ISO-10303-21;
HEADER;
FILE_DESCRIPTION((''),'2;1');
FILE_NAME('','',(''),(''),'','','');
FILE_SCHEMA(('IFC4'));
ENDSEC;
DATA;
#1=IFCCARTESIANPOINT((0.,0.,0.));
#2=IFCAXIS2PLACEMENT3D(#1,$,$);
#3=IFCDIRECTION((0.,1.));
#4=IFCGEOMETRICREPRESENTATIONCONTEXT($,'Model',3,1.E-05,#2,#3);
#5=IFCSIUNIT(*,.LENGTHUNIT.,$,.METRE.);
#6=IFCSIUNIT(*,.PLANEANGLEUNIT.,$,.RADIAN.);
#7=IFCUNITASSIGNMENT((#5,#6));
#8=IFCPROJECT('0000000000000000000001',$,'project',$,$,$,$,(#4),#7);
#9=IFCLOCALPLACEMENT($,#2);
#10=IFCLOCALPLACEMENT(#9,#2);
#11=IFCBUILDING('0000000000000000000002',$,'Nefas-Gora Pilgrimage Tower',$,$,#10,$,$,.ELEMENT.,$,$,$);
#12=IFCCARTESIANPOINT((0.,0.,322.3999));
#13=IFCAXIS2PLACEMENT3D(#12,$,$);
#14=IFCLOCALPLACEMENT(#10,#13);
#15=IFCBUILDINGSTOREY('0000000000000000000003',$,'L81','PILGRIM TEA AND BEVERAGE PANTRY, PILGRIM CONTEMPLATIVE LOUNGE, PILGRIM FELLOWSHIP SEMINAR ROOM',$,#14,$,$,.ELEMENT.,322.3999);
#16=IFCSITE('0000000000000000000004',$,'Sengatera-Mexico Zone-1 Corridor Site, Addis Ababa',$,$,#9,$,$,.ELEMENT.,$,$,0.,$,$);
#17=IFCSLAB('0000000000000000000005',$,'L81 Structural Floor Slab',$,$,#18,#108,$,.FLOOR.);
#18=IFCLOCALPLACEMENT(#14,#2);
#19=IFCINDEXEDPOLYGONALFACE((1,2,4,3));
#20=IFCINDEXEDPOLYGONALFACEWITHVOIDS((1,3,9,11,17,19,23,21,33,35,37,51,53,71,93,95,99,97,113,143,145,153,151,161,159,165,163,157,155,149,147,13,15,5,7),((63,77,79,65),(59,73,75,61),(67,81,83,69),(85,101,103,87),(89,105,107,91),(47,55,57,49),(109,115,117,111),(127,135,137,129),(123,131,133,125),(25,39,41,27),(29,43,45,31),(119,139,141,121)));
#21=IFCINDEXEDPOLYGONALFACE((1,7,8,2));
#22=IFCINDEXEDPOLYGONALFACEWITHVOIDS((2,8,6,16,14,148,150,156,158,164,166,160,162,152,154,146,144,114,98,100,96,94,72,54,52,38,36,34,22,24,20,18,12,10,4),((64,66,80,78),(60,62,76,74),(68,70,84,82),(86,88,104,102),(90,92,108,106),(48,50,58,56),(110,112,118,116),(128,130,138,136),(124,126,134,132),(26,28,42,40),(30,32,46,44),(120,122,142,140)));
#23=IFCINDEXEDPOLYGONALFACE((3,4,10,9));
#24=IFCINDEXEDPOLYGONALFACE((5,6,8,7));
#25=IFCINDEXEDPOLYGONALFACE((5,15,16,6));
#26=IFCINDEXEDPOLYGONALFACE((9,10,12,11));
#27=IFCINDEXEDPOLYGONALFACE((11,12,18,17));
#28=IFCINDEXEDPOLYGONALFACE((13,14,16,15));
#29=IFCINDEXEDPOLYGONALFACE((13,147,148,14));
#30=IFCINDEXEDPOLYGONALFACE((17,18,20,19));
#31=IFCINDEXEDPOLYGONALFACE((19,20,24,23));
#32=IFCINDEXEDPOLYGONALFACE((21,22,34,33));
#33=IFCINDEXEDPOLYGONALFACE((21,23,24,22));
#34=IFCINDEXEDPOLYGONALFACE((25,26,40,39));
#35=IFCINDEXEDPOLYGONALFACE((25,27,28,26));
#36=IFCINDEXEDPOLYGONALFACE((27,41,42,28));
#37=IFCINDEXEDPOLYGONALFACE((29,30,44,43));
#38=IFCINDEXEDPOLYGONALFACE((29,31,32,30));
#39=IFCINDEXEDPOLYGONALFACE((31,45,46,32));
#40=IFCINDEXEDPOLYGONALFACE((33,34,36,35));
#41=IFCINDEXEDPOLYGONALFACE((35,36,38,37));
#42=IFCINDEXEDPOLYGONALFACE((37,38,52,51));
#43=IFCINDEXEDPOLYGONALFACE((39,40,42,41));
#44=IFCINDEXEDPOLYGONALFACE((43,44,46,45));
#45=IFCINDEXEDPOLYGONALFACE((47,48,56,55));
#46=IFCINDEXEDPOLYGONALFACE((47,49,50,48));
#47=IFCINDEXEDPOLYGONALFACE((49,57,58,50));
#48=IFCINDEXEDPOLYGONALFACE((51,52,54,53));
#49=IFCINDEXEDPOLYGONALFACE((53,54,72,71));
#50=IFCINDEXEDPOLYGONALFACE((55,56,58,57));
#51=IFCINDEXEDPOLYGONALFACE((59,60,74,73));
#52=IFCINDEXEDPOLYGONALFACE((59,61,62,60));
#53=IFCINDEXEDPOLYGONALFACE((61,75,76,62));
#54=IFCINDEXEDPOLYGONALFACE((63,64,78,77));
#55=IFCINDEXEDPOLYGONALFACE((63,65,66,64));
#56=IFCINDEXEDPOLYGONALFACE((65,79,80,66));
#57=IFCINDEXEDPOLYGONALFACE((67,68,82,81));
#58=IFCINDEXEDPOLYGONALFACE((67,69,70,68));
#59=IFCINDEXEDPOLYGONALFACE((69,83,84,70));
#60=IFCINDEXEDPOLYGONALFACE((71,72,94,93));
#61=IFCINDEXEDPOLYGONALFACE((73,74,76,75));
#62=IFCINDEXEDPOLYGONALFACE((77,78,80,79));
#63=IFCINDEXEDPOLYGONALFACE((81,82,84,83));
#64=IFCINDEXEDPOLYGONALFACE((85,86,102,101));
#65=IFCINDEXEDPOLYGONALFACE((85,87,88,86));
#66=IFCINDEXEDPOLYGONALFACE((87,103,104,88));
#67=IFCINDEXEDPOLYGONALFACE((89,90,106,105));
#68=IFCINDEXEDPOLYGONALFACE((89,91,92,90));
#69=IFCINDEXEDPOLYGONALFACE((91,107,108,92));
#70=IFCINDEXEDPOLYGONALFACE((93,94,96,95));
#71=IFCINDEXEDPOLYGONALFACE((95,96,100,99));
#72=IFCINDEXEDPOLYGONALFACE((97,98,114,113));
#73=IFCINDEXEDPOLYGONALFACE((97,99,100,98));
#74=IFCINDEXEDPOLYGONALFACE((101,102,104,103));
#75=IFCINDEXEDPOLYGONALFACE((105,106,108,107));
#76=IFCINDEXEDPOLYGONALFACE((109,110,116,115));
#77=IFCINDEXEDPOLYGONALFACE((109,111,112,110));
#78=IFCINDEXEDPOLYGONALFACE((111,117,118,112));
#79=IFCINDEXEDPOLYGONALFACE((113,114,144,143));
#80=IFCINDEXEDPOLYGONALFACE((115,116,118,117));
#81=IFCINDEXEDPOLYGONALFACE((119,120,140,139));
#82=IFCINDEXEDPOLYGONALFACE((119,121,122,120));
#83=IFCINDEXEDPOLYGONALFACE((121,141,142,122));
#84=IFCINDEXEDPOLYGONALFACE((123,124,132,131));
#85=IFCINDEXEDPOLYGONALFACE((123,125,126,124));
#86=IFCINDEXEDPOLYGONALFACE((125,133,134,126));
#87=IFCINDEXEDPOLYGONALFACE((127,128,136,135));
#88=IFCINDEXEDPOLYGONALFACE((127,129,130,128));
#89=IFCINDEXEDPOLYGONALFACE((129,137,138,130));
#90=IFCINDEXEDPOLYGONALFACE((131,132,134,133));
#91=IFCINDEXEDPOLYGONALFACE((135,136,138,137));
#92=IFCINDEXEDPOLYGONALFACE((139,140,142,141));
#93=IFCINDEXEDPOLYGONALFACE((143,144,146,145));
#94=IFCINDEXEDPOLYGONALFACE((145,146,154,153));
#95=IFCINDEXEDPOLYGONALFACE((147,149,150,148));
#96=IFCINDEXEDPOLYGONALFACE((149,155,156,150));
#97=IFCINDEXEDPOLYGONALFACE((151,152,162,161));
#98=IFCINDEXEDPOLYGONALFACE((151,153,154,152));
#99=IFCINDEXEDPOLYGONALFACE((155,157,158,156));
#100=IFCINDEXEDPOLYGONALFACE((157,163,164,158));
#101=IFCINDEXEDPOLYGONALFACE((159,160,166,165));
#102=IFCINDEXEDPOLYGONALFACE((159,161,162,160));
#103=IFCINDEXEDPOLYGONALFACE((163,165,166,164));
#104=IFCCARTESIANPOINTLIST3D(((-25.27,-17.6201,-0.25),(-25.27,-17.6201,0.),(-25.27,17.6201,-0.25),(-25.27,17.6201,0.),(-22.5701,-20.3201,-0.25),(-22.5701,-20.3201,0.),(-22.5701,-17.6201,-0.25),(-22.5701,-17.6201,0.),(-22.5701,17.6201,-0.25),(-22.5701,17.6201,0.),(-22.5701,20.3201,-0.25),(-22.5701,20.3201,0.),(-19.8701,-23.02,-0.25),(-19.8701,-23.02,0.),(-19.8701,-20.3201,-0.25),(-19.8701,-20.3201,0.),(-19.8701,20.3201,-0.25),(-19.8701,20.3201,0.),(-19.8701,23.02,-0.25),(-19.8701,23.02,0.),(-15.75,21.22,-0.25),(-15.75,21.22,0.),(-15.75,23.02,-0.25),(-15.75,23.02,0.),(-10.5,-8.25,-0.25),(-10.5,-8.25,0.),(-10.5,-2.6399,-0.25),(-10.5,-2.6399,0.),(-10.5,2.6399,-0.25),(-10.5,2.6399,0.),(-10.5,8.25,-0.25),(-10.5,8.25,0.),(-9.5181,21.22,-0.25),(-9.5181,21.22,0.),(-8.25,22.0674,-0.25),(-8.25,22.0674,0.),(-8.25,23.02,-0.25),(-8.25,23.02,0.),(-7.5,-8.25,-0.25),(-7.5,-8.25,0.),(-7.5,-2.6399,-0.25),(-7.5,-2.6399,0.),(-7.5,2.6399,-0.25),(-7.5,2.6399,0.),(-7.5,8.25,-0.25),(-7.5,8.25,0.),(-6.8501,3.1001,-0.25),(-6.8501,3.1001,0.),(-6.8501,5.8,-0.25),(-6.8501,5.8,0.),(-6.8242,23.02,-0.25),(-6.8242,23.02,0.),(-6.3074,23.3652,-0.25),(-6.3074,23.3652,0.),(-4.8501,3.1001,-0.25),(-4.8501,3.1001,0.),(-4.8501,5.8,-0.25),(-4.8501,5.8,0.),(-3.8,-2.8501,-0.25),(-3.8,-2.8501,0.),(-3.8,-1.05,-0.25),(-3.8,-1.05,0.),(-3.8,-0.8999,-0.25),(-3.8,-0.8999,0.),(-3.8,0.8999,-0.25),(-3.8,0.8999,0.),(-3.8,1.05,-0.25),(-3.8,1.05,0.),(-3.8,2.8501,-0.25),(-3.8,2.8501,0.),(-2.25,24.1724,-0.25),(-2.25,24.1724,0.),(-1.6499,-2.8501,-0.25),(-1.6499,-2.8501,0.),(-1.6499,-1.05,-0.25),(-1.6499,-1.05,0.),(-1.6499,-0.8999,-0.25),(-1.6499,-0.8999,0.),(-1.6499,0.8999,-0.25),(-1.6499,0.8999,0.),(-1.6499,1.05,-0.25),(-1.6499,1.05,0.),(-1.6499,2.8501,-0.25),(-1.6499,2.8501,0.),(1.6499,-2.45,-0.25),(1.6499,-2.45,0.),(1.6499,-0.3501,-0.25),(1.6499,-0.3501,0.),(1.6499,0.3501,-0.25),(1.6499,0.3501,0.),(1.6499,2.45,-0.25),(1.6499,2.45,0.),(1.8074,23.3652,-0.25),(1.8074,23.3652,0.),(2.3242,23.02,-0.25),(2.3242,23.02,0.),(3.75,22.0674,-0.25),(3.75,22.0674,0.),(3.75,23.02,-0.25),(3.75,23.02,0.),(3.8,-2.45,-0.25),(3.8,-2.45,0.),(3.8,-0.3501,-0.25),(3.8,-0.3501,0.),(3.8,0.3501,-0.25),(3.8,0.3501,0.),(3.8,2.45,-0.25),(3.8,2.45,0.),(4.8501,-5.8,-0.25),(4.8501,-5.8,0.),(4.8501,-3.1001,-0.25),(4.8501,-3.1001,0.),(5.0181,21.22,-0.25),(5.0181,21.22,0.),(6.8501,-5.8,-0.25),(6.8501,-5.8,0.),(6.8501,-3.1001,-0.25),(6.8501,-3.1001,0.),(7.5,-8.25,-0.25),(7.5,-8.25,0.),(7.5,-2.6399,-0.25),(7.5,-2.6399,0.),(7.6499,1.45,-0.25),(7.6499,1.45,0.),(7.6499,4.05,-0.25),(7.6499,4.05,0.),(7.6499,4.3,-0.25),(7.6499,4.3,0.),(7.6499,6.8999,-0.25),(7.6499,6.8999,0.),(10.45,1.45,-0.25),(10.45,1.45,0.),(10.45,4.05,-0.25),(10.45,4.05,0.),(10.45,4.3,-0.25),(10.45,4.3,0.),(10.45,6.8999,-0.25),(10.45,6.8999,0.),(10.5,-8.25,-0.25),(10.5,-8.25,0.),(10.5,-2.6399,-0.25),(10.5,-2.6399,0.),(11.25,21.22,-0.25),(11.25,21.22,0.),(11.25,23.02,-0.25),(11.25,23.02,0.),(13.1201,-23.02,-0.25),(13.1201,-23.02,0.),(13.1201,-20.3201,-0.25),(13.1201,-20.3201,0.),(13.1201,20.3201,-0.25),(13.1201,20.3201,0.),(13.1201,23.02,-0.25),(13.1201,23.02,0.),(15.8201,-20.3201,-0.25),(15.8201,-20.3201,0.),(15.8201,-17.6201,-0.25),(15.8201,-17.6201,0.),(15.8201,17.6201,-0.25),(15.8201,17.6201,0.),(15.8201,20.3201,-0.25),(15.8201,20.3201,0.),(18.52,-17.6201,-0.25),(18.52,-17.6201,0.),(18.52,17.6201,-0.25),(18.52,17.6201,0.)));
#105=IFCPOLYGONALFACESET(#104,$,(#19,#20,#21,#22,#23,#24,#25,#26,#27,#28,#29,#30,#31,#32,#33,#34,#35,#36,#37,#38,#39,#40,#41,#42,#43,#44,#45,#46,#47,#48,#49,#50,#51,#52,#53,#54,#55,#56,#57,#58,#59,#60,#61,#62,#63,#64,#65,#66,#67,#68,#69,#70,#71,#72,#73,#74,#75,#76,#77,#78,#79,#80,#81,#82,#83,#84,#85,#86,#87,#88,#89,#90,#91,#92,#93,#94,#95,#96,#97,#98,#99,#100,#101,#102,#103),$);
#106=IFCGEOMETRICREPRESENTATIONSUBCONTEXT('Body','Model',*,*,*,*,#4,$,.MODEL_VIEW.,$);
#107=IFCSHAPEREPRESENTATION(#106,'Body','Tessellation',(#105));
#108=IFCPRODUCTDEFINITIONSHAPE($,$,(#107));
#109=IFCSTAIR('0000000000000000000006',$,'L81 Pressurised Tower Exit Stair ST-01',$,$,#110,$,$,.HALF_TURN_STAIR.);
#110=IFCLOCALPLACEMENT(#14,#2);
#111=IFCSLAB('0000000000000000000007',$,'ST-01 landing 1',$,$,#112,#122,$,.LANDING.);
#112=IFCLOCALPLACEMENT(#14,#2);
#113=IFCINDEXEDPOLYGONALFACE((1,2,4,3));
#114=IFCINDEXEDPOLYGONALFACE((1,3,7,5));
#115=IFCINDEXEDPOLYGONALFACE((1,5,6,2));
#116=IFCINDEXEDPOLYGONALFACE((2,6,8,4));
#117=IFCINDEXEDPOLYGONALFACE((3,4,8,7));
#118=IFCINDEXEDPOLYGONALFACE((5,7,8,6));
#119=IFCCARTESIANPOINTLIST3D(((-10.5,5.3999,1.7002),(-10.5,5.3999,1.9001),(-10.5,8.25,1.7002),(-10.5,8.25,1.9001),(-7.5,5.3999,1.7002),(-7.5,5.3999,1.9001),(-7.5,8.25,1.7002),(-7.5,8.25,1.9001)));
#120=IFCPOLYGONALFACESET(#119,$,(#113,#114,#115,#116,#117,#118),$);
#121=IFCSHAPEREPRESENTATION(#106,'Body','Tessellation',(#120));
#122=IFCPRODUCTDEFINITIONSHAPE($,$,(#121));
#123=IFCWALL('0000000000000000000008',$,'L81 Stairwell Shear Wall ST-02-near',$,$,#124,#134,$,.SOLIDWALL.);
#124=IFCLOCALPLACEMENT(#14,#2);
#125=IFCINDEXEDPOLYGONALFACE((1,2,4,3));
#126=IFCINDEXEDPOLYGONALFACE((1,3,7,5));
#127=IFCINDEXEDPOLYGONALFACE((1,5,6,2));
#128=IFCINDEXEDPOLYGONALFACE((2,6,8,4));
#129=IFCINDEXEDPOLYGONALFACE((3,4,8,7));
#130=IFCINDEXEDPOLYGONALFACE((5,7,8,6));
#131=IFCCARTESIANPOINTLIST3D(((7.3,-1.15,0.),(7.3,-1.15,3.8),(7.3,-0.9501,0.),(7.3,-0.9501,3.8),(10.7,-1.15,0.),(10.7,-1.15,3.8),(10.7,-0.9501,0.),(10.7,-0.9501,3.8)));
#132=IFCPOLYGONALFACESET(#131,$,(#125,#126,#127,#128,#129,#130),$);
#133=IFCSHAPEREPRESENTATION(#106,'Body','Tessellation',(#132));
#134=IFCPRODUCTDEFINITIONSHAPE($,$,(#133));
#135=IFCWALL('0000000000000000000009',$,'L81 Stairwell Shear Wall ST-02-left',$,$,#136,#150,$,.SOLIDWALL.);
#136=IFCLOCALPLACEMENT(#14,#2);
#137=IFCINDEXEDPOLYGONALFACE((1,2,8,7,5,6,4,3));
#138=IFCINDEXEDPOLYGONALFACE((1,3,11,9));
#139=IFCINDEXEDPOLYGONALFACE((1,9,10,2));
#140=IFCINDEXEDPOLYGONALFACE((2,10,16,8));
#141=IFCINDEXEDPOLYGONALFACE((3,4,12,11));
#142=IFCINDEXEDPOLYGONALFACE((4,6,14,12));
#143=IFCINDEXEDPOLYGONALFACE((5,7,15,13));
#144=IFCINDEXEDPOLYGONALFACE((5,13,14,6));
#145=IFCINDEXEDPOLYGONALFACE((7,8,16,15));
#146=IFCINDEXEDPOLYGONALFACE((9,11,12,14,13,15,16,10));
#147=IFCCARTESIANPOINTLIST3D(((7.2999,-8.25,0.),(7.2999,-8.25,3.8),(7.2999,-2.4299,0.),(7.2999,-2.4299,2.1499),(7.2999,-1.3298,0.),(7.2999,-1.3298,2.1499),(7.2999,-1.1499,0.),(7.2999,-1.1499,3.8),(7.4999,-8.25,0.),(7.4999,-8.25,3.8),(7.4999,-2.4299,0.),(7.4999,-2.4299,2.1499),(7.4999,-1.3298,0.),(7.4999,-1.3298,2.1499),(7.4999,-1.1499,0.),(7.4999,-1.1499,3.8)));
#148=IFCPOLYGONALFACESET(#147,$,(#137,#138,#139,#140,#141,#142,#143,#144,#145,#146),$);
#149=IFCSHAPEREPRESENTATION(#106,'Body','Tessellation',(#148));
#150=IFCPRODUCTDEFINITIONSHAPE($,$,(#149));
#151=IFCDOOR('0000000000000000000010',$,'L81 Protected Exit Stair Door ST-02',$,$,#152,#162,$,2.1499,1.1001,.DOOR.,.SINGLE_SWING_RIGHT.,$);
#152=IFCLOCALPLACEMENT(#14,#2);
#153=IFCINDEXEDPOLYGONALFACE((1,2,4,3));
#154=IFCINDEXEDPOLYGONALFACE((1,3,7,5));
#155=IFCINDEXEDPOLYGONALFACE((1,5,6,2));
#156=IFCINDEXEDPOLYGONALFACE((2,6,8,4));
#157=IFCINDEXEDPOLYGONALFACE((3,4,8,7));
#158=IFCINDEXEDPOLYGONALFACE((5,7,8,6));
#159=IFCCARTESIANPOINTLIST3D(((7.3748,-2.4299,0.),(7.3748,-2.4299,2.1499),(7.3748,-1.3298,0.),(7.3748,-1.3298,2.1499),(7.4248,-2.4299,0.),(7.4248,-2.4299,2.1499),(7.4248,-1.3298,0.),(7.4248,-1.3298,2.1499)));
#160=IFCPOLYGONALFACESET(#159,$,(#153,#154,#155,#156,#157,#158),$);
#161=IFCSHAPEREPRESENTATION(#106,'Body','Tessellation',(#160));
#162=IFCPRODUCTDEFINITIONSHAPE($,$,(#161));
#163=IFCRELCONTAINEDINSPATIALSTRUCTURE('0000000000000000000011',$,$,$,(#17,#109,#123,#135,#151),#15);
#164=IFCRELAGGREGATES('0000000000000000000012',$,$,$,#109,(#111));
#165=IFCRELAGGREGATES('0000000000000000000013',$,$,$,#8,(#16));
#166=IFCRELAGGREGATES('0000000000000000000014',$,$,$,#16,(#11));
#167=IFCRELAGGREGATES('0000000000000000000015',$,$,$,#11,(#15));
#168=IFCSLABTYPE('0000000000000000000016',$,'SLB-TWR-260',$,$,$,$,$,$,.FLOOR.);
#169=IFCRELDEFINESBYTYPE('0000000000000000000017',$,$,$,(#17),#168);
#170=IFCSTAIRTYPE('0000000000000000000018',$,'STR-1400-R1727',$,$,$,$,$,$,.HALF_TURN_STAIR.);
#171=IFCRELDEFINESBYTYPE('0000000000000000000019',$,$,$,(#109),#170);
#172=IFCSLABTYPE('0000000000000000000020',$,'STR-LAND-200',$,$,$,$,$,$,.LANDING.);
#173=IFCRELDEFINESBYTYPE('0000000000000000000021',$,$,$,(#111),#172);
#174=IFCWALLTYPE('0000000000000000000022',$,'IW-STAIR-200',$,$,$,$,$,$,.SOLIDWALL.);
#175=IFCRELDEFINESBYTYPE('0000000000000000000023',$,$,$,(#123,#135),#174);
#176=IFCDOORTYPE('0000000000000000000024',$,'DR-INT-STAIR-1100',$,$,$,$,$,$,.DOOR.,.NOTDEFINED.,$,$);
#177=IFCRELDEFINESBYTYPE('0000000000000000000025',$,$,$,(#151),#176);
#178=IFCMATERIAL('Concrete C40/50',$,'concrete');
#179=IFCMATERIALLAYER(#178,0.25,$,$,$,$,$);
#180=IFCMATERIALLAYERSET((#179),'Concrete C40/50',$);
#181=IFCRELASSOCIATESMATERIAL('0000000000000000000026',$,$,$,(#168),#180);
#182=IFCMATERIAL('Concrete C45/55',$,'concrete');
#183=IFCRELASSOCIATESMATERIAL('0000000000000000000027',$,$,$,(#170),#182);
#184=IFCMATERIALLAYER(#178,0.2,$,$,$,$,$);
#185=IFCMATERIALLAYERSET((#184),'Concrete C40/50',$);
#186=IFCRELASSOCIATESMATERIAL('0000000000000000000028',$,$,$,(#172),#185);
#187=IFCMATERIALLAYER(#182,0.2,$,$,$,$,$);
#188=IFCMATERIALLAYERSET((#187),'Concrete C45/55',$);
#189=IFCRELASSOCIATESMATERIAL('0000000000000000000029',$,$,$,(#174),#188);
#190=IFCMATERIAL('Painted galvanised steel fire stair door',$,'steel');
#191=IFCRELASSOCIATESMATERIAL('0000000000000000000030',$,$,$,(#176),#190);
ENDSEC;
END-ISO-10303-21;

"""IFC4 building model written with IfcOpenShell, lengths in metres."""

from ifc_helpers import new_model, si_unit, direction, frame, frame_2d, origin, place, context, subcontext, project, spatial, polyline, rectangle, outline, extrude, source, transform, mapped, material, layer, layer_set, type_object, element, fill, aggregate, save


model = new_model("IFC4")

# Units and contexts
model_context = context("Model", 3, precision=1e-05, world=origin(), true_north=direction((0.0, 1.0)))
body_context = subcontext(model_context, "Body", "Model", "MODEL_VIEW")
ifc_project = project(units=[si_unit("LENGTHUNIT", "METRE"), si_unit("PLANEANGLEUNIT", "RADIAN")], contexts=[model_context])

# Site, building, storey
site_placement = place(None, origin())
site = spatial("IfcSite", under=ifc_project, at=site_placement, Name="Sengatera-Mexico Zone-1 Corridor Site, Addis Ababa", CompositionType="ELEMENT", RefElevation=0.0)
building_placement = place(site_placement, origin())
building = spatial("IfcBuilding", under=site, at=building_placement, Name="Nefas-Gora Pilgrimage Tower", CompositionType="ELEMENT")
storey_placement = place(building_placement, frame((0.0, 0.0, 322.3999)))
storey = spatial("IfcBuildingStorey", under=building, at=storey_placement, Name="L81", Description="PILGRIM TEA AND BEVERAGE PANTRY, PILGRIM CONTEMPLATIVE LOUNGE, PILGRIM FELLOWSHIP SEMINAR ROOM", CompositionType="ELEMENT", Elevation=322.3999)

# Slab
ifc_material_1 = material(Name="Concrete C40/50", Category="concrete")
ifc_layer_1 = layer(ifc_material_1, 0.25)
ifc_layer_set_1 = layer_set([ifc_layer_1], Name="Concrete C40/50")
slab_type_1 = type_object("IfcSlabType", Name="SLB-TWR-260", PredefinedType="FLOOR", material=ifc_layer_set_1)
slab_1_placement = place(storey_placement, frame((0.0, 0.0, -0.25)))
element("IfcSlab", 1, at=slab_1_placement, inside=storey, type_object=slab_type_1, Name="L81 Structural Floor Slab", PredefinedType="FLOOR", context=body_context, shape_type="SweptSolid", body=[
    extrude(outline(polyline([(15.8201, -17.6201), (18.52, -17.6201), (18.52, 17.6201), (15.8201, 17.6201), (15.8201, 20.3201), (13.1201, 20.3201), (13.1201, 23.02), (11.25, 23.02), (11.25, 21.22), (5.0181, 21.22), (3.75, 22.0674), (3.75, 23.02), (2.3242, 23.02), (1.8074, 23.3652), (-2.25, 24.1724), (-6.3074, 23.3652), (-6.8242, 23.02), (-8.25, 23.02), (-8.25, 22.0674), (-9.5181, 21.22), (-15.75, 21.22), (-15.75, 23.02), (-19.8701, 23.02), (-19.8701, 20.3201), (-22.5701, 20.3201), (-22.5701, 17.6201), (-25.27, 17.6201), (-25.27, -17.6201), (-22.5701, -17.6201), (-22.5701, -20.3201), (-19.8701, -20.3201), (-19.8701, -23.02), (13.1201, -23.02), (13.1201, -20.3201), (15.8201, -20.3201), (15.8201, -17.6201)]), holes=[polyline([(-10.5, 2.6399), (-10.5, 8.25), (-7.5, 8.25), (-7.5, 2.6399), (-10.5, 2.6399)]), polyline([(10.5, -2.6399), (10.5, -8.25), (7.5, -8.25), (7.5, -2.6399), (10.5, -2.6399)]), polyline([(-7.5, -2.6399), (-7.5, -8.25), (-10.5, -8.25), (-10.5, -2.6399), (-7.5, -2.6399)]), polyline([(-6.8501, 5.8), (-4.8501, 5.8), (-4.8501, 3.1001), (-6.8501, 3.1001), (-6.8501, 5.8)]), polyline([(4.8501, -3.1001), (6.8501, -3.1001), (6.8501, -5.8), (4.8501, -5.8), (4.8501, -3.1001)]), polyline([(7.6499, 4.05), (10.45, 4.05), (10.45, 1.45), (7.6499, 1.45), (7.6499, 4.05)]), polyline([(7.6499, 6.8999), (10.45, 6.8999), (10.45, 4.3), (7.6499, 4.3), (7.6499, 6.8999)]), polyline([(-3.8, -1.05), (-1.6499, -1.05), (-1.6499, -2.8501), (-3.8, -2.8501), (-3.8, -1.05)]), polyline([(-3.8, 0.8999), (-1.6499, 0.8999), (-1.6499, -0.8999), (-3.8, -0.8999), (-3.8, 0.8999)]), polyline([(-3.8, 2.8501), (-1.6499, 2.8501), (-1.6499, 1.05), (-3.8, 1.05), (-3.8, 2.8501)]), polyline([(1.6499, -0.3501), (3.8, -0.3501), (3.8, -2.45), (1.6499, -2.45), (1.6499, -0.3501)]), polyline([(1.6499, 2.45), (3.8, 2.45), (3.8, 0.3501), (1.6499, 0.3501), (1.6499, 2.45)])]), origin(), (0.0, 0.0, 1.0), 0.25),
])

# Stair, slab
ifc_material_2 = material(Name="Concrete C45/55", Category="concrete")
stair_type = type_object("IfcStairType", Name="STR-1400-R1727", PredefinedType="HALF_TURN_STAIR", material=ifc_material_2)
stair_1_placement = place(storey_placement, origin())
stair_1 = element("IfcStair", 2, at=stair_1_placement, inside=storey, type_object=stair_type, Name="L81 Pressurised Tower Exit Stair ST-01", PredefinedType="HALF_TURN_STAIR")
ifc_layer_2 = layer(ifc_material_1, 0.2)
ifc_layer_set_2 = layer_set([ifc_layer_2], Name="Concrete C40/50")
slab_type_2 = type_object("IfcSlabType", Name="STR-LAND-200", PredefinedType="LANDING", material=ifc_layer_set_2)
slab_2_placement = place(storey_placement, frame((0.0, 0.0, 1.7002)))
slab_2 = element("IfcSlab", 3, at=slab_2_placement, type_object=slab_type_2, Name="ST-01 landing 1", PredefinedType="LANDING", context=body_context, shape_type="SweptSolid", body=[
    extrude(outline(polyline([(-7.5, 5.3999), (-7.5, 8.25), (-10.5, 8.25), (-10.5, 5.3999), (-7.5, 5.3999)])), origin(), (0.0, 0.0, 1.0), 0.2),
])
aggregate(stair_1, [slab_2])

# Wall
ifc_layer_3 = layer(ifc_material_2, 0.2)
ifc_layer_set_3 = layer_set([ifc_layer_3], Name="Concrete C45/55")
wall_type_1 = type_object("IfcWallType", Name="IW-STAIR-200", PredefinedType="SOLIDWALL", material=ifc_layer_set_3)
shared_shape_1 = source(origin(), body_context, "Body", "SweptSolid", [
    extrude(rectangle(XDim=3.3999, YDim=0.2, at=frame_2d((1.7, 0.0))), origin(), (0.0, 0.0, 1.0), 3.8),
])
wall_1_placement = place(storey_placement, frame((7.3, -1.05, 0.0), z_axis=(0.0, 0.0, 1.0), x_axis=(1.0, 0.0, 0.0)))
element("IfcWall", 4, at=wall_1_placement, inside=storey, type_object=wall_type_1, Name="L81 Stairwell Shear Wall ST-02-near", PredefinedType="SOLIDWALL", context=body_context, shape_type="MappedRepresentation", body=[
    mapped(shared_shape_1, transform((0.0, 0.0, 0.0), x_axis=(1.0, 0.0, 0.0), y_axis=(0.0, 1.0, 0.0), z_axis=(0.0, 0.0, 1.0), scale=1.0)),
])

# Wall, opening, door
shared_shape_2 = source(origin(), body_context, "Body", "SweptSolid", [
    extrude(rectangle(XDim=7.1001, YDim=0.2, at=frame_2d((3.55, 0.0))), origin(), (0.0, 0.0, 1.0), 3.8),
])
wall_2_placement = place(storey_placement, frame((7.3999, -1.1499, 0.0), z_axis=(0.0, 0.0, 1.0), x_axis=(0.0, -1.0, 0.0)))
wall_2 = element("IfcWall", 5, at=wall_2_placement, inside=storey, type_object=wall_type_1, Name="L81 Stairwell Shear Wall ST-02-left", PredefinedType="SOLIDWALL", context=body_context, shape_type="MappedRepresentation", body=[
    mapped(shared_shape_2, transform((0.0, 0.0, 0.0), x_axis=(1.0, 0.0, 0.0), y_axis=(0.0, 1.0, 0.0), z_axis=(0.0, 0.0, 1.0), scale=1.0)),
])
opening_1_placement = place(wall_2_placement, frame((0.1799, 0.0, 0.0)))
opening_1 = element("IfcOpeningElement", 6, at=opening_1_placement, cuts=wall_2, PredefinedType="OPENING", context=body_context, shape_type="SweptSolid", body=[
    extrude(rectangle(XDim=1.1001, YDim=2.1499, at=frame_2d((0.55, 1.075))), frame((0.0, 0.1099, 0.0), z_axis=(0.0, -1.0, 0.0), x_axis=(1.0, 0.0, 0.0)), (0.0, 0.0, 1.0), 0.22),
])
ifc_material_3 = material(Name="Painted galvanised steel fire stair door", Category="steel")
door_type_1 = type_object("IfcDoorType", Name="DR-INT-STAIR-1100", OperationType="NOTDEFINED", PredefinedType="DOOR", material=ifc_material_3)
shared_shape_3 = source(origin(), body_context, "Body", "SweptSolid", [
    extrude(rectangle(XDim=1.1001, YDim=2.1499, at=frame_2d((0.55, 1.075))), frame((0.0, 0.0249, 0.0), z_axis=(0.0, -1.0, 0.0), x_axis=(1.0, 0.0, 0.0)), (0.0, 0.0, 1.0), 0.05),
])
door_1_placement = place(opening_1_placement, origin())
door_1 = element("IfcDoor", 7, at=door_1_placement, inside=storey, type_object=door_type_1, Name="L81 Protected Exit Stair Door ST-02", OperationType="SINGLE_SWING_RIGHT", OverallHeight=2.1499, OverallWidth=1.1001, PredefinedType="DOOR", context=body_context, shape_type="MappedRepresentation", body=[
    mapped(shared_shape_3, transform((0.0, 0.0, 0.0), x_axis=(1.0, 0.0, 0.0), y_axis=(0.0, 1.0, 0.0), z_axis=(0.0, 0.0, 1.0), scale=1.0)),
])
fill(opening_1, door_1)

save(model, "model.ifc")
